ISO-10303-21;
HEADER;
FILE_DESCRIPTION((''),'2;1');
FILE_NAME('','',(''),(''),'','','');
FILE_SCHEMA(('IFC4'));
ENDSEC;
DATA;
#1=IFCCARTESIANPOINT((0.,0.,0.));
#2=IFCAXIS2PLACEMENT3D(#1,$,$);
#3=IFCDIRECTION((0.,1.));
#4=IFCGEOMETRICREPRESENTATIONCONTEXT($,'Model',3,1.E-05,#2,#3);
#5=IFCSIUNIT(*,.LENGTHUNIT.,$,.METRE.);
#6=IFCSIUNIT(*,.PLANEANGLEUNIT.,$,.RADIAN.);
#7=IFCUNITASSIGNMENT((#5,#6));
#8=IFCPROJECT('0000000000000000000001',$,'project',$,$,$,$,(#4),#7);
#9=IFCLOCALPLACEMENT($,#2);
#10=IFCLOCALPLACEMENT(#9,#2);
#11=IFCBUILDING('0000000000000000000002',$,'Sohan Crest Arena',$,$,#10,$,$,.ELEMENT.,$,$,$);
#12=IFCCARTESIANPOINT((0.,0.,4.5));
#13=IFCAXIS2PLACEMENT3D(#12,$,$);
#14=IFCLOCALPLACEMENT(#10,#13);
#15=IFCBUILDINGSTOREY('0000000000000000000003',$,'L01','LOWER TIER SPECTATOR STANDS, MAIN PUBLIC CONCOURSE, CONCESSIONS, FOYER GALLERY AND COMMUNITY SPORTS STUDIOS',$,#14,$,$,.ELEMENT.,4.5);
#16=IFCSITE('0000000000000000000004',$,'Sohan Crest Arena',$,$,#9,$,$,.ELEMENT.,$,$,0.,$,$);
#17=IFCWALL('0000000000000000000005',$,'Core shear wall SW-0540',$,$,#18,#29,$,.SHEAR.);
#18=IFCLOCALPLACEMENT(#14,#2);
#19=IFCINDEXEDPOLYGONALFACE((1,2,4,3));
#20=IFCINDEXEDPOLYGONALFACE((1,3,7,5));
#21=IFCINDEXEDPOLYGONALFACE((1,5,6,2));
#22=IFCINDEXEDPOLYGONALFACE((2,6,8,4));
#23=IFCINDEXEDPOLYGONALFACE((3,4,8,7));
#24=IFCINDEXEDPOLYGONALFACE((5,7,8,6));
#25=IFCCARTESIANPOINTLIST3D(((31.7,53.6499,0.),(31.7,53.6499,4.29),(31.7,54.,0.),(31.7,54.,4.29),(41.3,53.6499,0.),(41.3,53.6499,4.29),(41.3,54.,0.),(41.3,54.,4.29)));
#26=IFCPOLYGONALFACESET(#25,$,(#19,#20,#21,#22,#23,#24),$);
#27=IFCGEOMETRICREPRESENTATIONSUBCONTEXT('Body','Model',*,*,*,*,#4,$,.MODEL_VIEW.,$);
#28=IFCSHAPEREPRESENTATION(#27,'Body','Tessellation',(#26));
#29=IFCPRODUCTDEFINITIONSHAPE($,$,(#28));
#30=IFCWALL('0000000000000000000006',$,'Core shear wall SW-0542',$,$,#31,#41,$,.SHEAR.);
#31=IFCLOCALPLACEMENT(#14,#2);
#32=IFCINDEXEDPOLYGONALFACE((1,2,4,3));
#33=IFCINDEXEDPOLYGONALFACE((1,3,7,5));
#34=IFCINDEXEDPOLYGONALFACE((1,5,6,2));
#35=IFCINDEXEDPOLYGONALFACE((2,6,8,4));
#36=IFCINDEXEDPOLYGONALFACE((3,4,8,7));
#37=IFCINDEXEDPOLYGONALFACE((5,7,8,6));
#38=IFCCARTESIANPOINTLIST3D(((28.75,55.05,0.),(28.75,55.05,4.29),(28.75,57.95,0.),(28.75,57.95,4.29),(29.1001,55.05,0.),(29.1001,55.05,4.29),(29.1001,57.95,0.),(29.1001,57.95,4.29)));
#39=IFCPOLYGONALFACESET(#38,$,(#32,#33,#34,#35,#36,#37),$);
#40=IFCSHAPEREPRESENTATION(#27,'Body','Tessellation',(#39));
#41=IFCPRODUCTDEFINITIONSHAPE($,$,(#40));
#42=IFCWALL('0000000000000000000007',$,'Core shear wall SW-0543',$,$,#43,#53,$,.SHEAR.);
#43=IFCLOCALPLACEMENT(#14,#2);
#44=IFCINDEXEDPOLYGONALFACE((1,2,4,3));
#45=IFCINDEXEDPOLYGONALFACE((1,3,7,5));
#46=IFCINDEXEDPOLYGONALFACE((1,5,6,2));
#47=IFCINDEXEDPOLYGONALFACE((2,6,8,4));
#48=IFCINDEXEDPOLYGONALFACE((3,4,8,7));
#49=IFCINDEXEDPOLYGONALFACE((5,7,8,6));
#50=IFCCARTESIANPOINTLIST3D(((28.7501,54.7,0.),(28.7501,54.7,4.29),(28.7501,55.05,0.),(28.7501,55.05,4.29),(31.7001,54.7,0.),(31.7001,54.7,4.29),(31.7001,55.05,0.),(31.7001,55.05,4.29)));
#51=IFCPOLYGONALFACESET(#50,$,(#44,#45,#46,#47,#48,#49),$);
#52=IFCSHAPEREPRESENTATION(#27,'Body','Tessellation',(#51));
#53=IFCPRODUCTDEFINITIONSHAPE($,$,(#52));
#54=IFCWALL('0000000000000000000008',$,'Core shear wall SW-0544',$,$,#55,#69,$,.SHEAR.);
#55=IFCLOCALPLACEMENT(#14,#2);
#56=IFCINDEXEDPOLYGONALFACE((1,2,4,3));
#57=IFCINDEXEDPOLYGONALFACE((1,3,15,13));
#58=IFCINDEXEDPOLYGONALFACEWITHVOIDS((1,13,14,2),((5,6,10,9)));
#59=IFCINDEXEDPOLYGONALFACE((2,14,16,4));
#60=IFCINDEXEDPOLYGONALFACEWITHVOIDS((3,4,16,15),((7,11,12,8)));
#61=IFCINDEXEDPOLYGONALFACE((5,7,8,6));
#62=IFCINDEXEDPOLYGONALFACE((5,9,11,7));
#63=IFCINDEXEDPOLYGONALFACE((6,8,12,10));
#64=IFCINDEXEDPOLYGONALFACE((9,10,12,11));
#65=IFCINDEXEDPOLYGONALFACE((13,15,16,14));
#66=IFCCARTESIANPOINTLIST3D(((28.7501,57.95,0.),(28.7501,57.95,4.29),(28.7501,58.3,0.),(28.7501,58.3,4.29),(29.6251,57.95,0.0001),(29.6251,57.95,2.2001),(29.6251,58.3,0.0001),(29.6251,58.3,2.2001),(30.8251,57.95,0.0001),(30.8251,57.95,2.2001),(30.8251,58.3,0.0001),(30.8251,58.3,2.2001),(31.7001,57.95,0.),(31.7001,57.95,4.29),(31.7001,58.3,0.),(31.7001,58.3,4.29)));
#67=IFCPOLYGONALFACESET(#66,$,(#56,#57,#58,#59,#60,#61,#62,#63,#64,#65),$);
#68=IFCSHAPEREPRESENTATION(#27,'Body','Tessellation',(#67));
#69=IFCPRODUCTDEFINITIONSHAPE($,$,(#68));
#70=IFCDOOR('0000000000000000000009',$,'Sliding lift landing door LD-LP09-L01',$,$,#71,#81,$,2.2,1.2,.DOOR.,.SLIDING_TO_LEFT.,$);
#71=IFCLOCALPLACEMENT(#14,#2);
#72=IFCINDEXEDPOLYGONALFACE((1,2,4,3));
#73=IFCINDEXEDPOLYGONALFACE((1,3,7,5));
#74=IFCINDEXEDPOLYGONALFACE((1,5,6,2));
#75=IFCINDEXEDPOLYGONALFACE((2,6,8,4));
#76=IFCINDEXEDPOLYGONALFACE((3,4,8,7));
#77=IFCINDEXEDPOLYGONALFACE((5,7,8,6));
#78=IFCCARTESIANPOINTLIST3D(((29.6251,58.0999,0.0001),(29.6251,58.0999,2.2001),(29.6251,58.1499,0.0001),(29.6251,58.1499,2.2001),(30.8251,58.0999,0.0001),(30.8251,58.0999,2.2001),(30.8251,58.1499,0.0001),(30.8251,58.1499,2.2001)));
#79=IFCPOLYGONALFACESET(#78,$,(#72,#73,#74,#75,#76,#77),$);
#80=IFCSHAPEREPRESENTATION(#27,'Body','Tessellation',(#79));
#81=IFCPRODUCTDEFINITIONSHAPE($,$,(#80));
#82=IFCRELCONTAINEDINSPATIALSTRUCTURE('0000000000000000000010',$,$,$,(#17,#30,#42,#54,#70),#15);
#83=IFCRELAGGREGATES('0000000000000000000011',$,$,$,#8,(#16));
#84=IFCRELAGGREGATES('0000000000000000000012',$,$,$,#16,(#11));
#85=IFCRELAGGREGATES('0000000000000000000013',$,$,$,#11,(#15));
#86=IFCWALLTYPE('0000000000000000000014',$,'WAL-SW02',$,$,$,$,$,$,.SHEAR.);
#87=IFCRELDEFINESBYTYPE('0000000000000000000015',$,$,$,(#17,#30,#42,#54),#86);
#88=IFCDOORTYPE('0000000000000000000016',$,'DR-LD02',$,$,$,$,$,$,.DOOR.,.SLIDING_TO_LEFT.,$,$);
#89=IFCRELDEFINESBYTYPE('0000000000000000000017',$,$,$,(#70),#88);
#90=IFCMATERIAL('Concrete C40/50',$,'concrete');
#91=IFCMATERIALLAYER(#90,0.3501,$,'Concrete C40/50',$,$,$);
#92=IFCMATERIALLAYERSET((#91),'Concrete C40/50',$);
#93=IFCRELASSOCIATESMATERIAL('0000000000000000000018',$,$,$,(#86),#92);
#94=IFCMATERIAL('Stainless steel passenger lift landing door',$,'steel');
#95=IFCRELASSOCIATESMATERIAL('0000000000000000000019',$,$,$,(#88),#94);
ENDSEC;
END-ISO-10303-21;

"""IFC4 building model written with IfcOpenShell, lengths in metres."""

from ifc_helpers import new_model, si_unit, direction, frame, frame_2d, origin, place, context, subcontext, project, spatial, rectangle, extrude, material, layer, layer_set, type_object, element, fill, save


model = new_model("IFC4")

# Units and contexts
model_context = context("Model", 3, precision=1e-05, world=origin(), true_north=direction((0.0, 1.0)))
body_context = subcontext(model_context, "Body", "Model", "MODEL_VIEW")
ifc_project = project(units=[si_unit("LENGTHUNIT", "METRE"), si_unit("PLANEANGLEUNIT", "RADIAN")], contexts=[model_context])

# Site, building, storey
site_placement = place(None, origin())
site = spatial("IfcSite", under=ifc_project, at=site_placement, Name="Sohan Crest Arena", CompositionType="ELEMENT", RefElevation=0.0)
building_placement = place(site_placement, origin())
building = spatial("IfcBuilding", under=site, at=building_placement, Name="Sohan Crest Arena", CompositionType="ELEMENT")
storey_placement = place(building_placement, frame((0.0, 0.0, 4.5)))
storey = spatial("IfcBuildingStorey", under=building, at=storey_placement, Name="L01", Description="LOWER TIER SPECTATOR STANDS, MAIN PUBLIC CONCOURSE, CONCESSIONS, FOYER GALLERY AND COMMUNITY SPORTS STUDIOS", CompositionType="ELEMENT", Elevation=4.5)

# Shared definitions
ifc_material_1 = material(Name="Concrete C40/50", Category="concrete")

# Walls
ifc_layer_1 = layer(ifc_material_1, 0.3501, Name="Concrete C40/50")
ifc_layer_set_1 = layer_set([ifc_layer_1], Name="Concrete C40/50")
wall_type_1 = type_object("IfcWallType", Name="WAL-SW02", PredefinedType="SHEAR", material=ifc_layer_set_1)
wall_1_placement = place(storey_placement, frame((31.7, 53.825, 0.0), z_axis=(0.0, 0.0, 1.0), x_axis=(1.0, 0.0, 0.0)))
element("IfcWall", 1, at=wall_1_placement, inside=storey, type_object=wall_type_1, Name="Core shear wall SW-0540", PredefinedType="SHEAR", context=body_context, shape_type="SweptSolid", body=[
    extrude(rectangle(XDim=9.6001, YDim=0.3501, at=frame_2d((4.8, 0.0))), origin(), (0.0, 0.0, 1.0), 4.29),
])
wall_2_placement = place(storey_placement, frame((28.925, 55.05, 0.0), z_axis=(0.0, 0.0, 1.0), x_axis=(0.0, 1.0, 0.0)))
element("IfcWall", 2, at=wall_2_placement, inside=storey, type_object=wall_type_1, Name="Core shear wall SW-0542", PredefinedType="SHEAR", context=body_context, shape_type="SweptSolid", body=[
    extrude(rectangle(XDim=2.8999, YDim=0.3501, at=frame_2d((1.45, 0.0))), origin(), (0.0, 0.0, 1.0), 4.29),
])
wall_3_placement = place(storey_placement, frame((28.75, 54.875, 0.0), z_axis=(0.0, 0.0, 1.0), x_axis=(1.0, 0.0, 0.0)))
element("IfcWall", 3, at=wall_3_placement, inside=storey, type_object=wall_type_1, Name="Core shear wall SW-0543", PredefinedType="SHEAR", context=body_context, shape_type="SweptSolid", body=[
    extrude(rectangle(XDim=2.95, YDim=0.3501, at=frame_2d((1.4751, 0.0))), origin(), (0.0, 0.0, 1.0), 4.29),
])

# Wall, opening, door
wall_4_placement = place(storey_placement, frame((28.75, 58.125, 0.0), z_axis=(0.0, 0.0, 1.0), x_axis=(1.0, 0.0, 0.0)))
wall_4 = element("IfcWall", 4, at=wall_4_placement, inside=storey, type_object=wall_type_1, Name="Core shear wall SW-0544", PredefinedType="SHEAR", context=body_context, shape_type="SweptSolid", body=[
    extrude(rectangle(XDim=2.95, YDim=0.3501, at=frame_2d((1.4751, 0.0))), origin(), (0.0, 0.0, 1.0), 4.29),
])
opening_1_placement = place(wall_4_placement, frame((0.875, 0.0, 0.0)))
opening_1 = element("IfcOpeningElement", 5, at=opening_1_placement, cuts=wall_4, PredefinedType="OPENING", context=body_context, shape_type="SweptSolid", body=[
    extrude(rectangle(XDim=1.2, YDim=2.2, at=frame_2d((0.6001, 1.1001))), frame((0.0, 0.1851, 0.0), z_axis=(0.0, -1.0, 0.0), x_axis=(1.0, 0.0, 0.0)), (0.0, 0.0, 1.0), 0.3701),
])
ifc_material_2 = material(Name="Stainless steel passenger lift landing door", Category="steel")
door_type_1 = type_object("IfcDoorType", Name="DR-LD02", OperationType="SLIDING_TO_LEFT", PredefinedType="DOOR", material=ifc_material_2)
door_1_placement = place(opening_1_placement, origin())
door_1 = element("IfcDoor", 6, at=door_1_placement, inside=storey, type_object=door_type_1, Name="Sliding lift landing door LD-LP09-L01", OperationType="SLIDING_TO_LEFT", OverallHeight=2.2, OverallWidth=1.2, PredefinedType="DOOR", context=body_context, shape_type="SweptSolid", body=[
    extrude(rectangle(XDim=1.2, YDim=2.2, at=frame_2d((0.6001, 1.1001))), frame((0.0, 0.0249, 0.0), z_axis=(0.0, -1.0, 0.0), x_axis=(1.0, 0.0, 0.0)), (0.0, 0.0, 1.0), 0.05),
])
fill(opening_1, door_1)

save(model, "model.ifc")
